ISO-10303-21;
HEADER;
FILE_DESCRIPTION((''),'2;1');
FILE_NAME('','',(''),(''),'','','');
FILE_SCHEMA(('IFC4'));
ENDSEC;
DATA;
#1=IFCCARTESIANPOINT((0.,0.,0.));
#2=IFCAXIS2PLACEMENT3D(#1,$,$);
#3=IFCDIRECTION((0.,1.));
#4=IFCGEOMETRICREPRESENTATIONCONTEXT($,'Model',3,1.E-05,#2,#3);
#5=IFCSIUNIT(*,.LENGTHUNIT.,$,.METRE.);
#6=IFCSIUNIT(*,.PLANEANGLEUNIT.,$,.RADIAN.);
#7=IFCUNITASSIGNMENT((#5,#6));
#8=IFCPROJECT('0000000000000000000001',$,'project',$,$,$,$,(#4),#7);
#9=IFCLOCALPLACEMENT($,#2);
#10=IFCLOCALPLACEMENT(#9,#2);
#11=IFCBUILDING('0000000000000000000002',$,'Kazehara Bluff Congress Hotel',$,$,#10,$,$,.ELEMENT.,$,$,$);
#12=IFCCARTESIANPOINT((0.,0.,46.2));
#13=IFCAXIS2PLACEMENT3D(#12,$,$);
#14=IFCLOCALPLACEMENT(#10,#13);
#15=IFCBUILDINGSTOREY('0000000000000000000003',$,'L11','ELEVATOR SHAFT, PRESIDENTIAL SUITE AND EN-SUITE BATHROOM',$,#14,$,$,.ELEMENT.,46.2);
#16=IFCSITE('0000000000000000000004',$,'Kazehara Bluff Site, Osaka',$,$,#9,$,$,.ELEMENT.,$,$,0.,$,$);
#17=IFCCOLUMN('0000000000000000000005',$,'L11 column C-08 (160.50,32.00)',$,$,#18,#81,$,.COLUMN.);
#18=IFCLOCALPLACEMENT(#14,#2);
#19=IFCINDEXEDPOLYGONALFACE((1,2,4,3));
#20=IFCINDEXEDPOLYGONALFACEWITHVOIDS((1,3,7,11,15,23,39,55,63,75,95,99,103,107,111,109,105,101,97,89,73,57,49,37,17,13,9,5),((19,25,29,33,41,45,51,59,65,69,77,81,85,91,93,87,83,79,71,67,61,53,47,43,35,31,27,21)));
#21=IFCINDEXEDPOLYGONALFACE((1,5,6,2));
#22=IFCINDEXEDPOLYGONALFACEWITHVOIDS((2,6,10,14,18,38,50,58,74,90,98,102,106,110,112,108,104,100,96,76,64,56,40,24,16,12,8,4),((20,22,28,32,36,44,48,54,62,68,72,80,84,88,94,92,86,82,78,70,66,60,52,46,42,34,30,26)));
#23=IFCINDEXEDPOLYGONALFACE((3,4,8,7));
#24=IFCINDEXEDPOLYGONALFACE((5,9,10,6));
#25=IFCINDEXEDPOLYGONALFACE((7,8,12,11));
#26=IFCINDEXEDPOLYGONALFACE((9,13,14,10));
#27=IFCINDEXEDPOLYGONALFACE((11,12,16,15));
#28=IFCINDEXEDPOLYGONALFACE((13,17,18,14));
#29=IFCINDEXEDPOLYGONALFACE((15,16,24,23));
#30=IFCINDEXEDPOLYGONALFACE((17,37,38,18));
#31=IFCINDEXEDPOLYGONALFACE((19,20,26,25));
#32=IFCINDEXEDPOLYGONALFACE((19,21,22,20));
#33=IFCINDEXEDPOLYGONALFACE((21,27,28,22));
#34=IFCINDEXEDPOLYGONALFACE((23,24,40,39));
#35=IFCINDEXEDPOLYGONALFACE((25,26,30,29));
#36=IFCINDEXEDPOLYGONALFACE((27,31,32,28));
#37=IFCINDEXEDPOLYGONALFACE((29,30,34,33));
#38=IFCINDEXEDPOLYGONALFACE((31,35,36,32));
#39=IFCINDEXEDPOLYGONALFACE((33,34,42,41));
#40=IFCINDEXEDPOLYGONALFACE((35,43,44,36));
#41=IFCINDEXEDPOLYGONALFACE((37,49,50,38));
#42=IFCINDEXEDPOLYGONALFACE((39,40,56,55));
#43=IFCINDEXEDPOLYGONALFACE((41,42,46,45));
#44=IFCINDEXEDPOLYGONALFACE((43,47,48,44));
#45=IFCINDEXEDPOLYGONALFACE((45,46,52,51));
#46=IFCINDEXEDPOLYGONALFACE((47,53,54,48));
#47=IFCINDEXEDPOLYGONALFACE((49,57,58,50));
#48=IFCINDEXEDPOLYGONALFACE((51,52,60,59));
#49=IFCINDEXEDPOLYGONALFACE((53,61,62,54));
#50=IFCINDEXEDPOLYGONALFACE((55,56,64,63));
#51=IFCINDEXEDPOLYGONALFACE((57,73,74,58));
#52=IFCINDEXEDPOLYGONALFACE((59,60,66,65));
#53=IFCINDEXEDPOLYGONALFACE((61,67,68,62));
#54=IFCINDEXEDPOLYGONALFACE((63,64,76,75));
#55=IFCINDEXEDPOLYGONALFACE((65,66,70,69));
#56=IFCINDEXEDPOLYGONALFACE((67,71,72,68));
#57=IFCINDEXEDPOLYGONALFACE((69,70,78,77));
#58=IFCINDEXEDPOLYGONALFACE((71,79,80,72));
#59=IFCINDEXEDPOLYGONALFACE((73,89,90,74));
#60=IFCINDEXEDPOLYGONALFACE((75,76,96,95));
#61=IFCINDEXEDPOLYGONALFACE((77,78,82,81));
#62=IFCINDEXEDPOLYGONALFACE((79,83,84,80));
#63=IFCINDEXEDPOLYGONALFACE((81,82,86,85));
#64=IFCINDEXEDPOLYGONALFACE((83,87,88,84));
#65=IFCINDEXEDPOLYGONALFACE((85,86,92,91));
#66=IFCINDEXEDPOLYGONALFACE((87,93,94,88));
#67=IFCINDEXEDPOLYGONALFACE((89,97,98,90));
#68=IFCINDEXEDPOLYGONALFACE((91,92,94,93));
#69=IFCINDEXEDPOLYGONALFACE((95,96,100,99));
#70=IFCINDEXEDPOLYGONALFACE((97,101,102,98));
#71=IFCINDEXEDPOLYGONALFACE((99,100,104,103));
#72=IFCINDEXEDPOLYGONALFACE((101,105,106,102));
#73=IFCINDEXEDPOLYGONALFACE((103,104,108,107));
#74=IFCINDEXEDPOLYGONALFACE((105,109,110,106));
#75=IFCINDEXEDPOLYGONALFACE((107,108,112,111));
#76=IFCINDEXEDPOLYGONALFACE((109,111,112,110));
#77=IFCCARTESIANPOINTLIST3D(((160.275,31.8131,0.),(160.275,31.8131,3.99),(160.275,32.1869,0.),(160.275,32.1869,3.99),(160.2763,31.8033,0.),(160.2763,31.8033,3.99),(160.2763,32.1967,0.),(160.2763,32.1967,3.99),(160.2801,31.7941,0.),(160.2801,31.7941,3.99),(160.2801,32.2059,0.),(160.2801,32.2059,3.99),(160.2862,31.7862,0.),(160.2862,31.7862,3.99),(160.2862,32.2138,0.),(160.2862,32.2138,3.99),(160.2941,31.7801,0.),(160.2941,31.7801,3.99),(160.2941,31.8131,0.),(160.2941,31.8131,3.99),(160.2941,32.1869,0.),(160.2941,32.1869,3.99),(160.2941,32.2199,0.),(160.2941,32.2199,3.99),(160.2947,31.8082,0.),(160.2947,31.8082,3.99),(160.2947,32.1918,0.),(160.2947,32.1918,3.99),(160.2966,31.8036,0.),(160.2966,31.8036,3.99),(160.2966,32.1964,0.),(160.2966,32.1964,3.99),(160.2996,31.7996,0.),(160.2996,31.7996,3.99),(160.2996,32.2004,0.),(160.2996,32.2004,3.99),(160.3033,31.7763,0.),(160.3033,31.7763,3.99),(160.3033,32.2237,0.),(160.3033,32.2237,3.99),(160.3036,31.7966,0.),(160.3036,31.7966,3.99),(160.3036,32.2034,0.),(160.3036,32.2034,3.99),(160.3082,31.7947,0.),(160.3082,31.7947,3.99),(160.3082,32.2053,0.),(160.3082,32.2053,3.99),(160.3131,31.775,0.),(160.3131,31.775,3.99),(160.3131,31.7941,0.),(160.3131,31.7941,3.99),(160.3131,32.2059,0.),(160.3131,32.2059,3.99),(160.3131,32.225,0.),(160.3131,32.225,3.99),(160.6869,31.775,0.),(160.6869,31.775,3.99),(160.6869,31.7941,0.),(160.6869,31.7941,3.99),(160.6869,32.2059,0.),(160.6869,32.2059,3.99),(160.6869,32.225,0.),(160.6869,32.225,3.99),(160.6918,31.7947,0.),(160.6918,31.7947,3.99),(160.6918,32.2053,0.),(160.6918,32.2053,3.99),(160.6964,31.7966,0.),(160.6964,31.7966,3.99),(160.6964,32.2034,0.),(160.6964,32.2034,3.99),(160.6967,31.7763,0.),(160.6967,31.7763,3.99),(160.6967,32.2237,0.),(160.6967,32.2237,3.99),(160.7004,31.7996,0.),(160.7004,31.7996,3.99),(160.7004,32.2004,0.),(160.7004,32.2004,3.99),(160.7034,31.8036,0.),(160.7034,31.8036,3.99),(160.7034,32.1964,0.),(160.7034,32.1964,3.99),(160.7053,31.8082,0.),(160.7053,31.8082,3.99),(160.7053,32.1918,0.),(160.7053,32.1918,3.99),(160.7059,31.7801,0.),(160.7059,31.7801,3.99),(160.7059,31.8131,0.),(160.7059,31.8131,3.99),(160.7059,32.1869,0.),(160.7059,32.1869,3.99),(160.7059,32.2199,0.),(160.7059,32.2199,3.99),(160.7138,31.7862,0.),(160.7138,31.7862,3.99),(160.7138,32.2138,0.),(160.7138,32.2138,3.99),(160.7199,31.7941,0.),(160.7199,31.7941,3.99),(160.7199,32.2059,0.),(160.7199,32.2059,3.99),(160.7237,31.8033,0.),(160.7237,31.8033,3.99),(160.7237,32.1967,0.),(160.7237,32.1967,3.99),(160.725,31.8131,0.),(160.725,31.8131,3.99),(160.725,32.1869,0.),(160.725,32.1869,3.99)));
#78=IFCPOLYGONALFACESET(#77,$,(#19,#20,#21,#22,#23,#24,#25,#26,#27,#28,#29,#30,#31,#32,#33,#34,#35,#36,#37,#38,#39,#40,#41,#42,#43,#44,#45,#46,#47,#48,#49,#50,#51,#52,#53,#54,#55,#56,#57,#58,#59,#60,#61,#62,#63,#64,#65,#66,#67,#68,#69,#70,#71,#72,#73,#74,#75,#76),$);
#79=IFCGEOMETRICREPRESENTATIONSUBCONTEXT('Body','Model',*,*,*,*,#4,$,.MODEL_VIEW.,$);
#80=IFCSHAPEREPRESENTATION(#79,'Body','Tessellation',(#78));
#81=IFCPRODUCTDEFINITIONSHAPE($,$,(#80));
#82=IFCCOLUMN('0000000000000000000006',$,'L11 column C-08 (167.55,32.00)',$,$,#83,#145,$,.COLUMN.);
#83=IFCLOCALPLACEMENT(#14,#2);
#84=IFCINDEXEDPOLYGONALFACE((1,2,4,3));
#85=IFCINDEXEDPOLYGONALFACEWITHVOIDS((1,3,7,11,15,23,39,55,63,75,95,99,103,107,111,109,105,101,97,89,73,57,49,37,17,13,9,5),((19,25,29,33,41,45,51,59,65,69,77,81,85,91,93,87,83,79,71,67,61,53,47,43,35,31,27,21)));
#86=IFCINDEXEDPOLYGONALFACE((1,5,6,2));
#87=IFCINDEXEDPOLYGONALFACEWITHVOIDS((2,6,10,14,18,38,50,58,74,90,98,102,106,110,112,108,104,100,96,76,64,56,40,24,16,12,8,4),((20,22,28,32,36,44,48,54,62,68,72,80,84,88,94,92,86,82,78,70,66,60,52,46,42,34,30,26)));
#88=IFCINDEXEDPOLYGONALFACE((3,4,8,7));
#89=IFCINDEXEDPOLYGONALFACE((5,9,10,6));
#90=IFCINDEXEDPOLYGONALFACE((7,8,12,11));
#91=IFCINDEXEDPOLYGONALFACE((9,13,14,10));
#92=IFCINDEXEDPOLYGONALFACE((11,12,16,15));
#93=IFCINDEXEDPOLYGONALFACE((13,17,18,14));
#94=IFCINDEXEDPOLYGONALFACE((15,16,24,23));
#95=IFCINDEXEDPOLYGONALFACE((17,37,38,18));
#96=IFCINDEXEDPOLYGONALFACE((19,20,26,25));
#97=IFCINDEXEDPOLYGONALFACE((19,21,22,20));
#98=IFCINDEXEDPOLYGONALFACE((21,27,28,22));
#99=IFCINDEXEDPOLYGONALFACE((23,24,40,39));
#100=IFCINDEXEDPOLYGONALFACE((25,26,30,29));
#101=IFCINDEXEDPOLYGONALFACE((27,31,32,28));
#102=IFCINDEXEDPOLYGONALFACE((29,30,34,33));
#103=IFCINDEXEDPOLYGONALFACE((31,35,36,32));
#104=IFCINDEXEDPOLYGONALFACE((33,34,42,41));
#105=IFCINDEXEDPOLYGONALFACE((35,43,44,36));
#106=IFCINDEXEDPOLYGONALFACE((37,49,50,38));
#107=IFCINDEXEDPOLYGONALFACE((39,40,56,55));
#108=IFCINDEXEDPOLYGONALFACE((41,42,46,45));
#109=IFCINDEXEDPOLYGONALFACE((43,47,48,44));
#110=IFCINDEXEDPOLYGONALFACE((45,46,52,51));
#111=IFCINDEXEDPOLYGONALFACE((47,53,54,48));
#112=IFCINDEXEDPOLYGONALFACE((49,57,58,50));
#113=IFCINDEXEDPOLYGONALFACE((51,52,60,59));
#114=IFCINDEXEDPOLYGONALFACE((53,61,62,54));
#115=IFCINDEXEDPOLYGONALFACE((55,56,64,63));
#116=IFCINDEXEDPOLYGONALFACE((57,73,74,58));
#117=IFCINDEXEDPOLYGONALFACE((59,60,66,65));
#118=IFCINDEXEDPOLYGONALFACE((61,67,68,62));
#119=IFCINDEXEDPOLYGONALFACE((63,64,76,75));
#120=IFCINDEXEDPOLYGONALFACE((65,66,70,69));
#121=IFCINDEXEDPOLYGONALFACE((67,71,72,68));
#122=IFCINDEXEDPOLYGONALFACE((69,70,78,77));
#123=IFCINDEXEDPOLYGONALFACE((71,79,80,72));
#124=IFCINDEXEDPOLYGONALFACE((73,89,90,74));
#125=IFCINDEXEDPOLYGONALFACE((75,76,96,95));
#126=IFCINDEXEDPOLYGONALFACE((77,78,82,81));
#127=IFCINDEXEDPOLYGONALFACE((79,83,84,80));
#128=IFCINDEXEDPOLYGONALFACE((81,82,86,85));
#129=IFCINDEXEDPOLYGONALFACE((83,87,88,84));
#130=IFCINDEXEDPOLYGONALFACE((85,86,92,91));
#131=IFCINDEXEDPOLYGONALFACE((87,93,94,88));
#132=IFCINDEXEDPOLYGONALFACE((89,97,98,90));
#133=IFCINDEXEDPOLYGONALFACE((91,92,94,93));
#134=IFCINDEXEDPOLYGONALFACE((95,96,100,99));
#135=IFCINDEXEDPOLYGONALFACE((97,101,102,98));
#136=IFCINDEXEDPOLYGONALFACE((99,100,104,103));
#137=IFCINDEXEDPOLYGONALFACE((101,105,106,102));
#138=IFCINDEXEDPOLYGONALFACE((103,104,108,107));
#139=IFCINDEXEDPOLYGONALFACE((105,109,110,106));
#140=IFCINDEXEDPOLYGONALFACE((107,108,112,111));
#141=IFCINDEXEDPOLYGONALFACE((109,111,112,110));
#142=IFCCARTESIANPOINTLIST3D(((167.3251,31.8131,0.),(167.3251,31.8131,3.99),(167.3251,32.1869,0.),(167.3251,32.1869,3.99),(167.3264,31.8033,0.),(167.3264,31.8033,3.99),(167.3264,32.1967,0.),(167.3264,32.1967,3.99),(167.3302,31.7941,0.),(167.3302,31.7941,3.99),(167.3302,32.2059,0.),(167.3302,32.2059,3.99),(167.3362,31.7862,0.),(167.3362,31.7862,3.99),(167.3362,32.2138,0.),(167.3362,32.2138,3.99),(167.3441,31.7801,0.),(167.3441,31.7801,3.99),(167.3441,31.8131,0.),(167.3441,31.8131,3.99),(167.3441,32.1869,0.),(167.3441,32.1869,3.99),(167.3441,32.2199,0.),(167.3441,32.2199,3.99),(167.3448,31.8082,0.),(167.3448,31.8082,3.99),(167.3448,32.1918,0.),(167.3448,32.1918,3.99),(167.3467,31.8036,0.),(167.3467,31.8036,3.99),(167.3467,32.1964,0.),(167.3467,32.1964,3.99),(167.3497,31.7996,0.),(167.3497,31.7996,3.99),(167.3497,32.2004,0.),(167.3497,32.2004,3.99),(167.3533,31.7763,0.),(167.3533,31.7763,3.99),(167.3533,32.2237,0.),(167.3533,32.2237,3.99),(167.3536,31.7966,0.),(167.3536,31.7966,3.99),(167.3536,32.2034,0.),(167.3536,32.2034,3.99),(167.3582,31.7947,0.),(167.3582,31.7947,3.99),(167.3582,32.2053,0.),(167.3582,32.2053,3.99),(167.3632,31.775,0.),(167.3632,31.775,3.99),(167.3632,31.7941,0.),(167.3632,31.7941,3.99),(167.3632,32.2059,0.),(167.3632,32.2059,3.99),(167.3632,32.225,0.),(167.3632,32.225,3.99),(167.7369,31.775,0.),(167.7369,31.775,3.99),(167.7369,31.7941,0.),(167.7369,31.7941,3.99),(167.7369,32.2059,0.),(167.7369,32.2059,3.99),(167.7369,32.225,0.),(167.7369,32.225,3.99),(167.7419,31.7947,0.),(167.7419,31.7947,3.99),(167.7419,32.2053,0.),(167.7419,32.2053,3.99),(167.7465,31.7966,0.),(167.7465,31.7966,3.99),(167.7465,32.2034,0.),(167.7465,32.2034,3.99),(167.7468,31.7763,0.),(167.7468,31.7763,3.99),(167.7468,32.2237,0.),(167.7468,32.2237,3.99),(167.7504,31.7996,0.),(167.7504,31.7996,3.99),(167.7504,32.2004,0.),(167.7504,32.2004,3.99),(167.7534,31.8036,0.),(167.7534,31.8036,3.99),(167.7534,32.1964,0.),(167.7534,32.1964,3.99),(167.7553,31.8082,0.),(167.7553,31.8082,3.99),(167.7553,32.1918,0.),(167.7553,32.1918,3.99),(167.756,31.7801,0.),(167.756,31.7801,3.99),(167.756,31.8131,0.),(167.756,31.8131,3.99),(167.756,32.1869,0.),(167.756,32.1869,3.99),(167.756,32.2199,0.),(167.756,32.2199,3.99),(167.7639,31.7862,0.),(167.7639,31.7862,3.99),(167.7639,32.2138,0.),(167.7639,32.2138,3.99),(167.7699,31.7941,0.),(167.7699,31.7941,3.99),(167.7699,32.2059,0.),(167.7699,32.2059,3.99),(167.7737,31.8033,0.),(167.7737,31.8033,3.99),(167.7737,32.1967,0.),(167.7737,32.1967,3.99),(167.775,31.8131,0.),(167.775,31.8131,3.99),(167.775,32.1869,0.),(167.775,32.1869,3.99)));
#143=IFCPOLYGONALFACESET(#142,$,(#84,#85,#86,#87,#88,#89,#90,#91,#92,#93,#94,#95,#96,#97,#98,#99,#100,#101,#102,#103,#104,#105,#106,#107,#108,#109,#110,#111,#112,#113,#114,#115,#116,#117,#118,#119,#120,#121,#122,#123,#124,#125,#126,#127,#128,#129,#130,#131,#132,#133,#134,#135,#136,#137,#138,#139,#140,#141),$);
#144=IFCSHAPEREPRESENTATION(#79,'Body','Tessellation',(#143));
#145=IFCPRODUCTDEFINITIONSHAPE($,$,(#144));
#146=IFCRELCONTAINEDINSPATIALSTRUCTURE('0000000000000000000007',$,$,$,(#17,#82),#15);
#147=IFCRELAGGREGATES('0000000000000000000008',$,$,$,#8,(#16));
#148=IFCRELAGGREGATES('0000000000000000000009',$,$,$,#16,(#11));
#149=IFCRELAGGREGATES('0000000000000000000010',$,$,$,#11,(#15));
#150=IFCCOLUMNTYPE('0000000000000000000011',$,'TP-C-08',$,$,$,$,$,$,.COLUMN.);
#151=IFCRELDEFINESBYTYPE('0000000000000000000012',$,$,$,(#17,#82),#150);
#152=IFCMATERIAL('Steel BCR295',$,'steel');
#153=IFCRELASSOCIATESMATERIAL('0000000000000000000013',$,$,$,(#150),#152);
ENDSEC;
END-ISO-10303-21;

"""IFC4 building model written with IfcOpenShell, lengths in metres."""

from ifc_helpers import new_model, si_unit, direction, frame, origin, origin_2d, place, context, subcontext, project, spatial, hollow_rectangle, extrude, material, material_profile, profile_set, type_object, element, save


model = new_model("IFC4")

# Units and contexts
model_context = context("Model", 3, precision=1e-05, world=origin(), true_north=direction((0.0, 1.0)))
body_context = subcontext(model_context, "Body", "Model", "MODEL_VIEW")
ifc_project = project(units=[si_unit("LENGTHUNIT", "METRE"), si_unit("PLANEANGLEUNIT", "RADIAN")], contexts=[model_context])

# Site, building, storey
site_placement = place(None, origin())
site = spatial("IfcSite", under=ifc_project, at=site_placement, Name="Kazehara Bluff Site, Osaka", CompositionType="ELEMENT", RefElevation=0.0)
building_placement = place(site_placement, origin())
building = spatial("IfcBuilding", under=site, at=building_placement, Name="Kazehara Bluff Congress Hotel", CompositionType="ELEMENT")
storey_placement = place(building_placement, frame((0.0, 0.0, 46.2)))
storey = spatial("IfcBuildingStorey", under=building, at=storey_placement, Name="L11", Description="ELEVATOR SHAFT, PRESIDENTIAL SUITE AND EN-SUITE BATHROOM", CompositionType="ELEMENT", Elevation=46.2)

# Columns
ifc_material_1 = material(Name="Steel BCR295", Category="steel")
ifc_material_profile_1 = material_profile(ifc_material_1, hollow_rectangle(XDim=0.45, YDim=0.45, WallThickness=0.019, InnerFilletRadius=0.019, OuterFilletRadius=0.0381, at=origin_2d()))
ifc_profile_set_1 = profile_set([ifc_material_profile_1], Name="Steel BCR295")
column_type = type_object("IfcColumnType", Name="TP-C-08", PredefinedType="COLUMN", material=ifc_profile_set_1)
for number, where, z_axis, x_axis, name in (
    (1, (160.5, 32.0, 0.0), (0.0, 0.0, 1.0), (1.0, 0.0, 0.0), "L11 column C-08 (160.50,32.00)"),
    (2, (167.55, 32.0, 0.0), (0.0, 0.0, 1.0), (1.0, 0.0, 0.0), "L11 column C-08 (167.55,32.00)"),
):
    element("IfcColumn", number, at=place(storey_placement, frame(where, z_axis=z_axis, x_axis=x_axis)), inside=storey, type_object=column_type, Name=name, PredefinedType="COLUMN", context=body_context, shape_type="SweptSolid", body=[
        extrude(hollow_rectangle(XDim=0.45, YDim=0.45, WallThickness=0.019, InnerFilletRadius=0.019, OuterFilletRadius=0.0381, at=origin_2d()), origin(), (0.0, 0.0, 1.0), 3.99),
    ])

save(model, "model.ifc")
